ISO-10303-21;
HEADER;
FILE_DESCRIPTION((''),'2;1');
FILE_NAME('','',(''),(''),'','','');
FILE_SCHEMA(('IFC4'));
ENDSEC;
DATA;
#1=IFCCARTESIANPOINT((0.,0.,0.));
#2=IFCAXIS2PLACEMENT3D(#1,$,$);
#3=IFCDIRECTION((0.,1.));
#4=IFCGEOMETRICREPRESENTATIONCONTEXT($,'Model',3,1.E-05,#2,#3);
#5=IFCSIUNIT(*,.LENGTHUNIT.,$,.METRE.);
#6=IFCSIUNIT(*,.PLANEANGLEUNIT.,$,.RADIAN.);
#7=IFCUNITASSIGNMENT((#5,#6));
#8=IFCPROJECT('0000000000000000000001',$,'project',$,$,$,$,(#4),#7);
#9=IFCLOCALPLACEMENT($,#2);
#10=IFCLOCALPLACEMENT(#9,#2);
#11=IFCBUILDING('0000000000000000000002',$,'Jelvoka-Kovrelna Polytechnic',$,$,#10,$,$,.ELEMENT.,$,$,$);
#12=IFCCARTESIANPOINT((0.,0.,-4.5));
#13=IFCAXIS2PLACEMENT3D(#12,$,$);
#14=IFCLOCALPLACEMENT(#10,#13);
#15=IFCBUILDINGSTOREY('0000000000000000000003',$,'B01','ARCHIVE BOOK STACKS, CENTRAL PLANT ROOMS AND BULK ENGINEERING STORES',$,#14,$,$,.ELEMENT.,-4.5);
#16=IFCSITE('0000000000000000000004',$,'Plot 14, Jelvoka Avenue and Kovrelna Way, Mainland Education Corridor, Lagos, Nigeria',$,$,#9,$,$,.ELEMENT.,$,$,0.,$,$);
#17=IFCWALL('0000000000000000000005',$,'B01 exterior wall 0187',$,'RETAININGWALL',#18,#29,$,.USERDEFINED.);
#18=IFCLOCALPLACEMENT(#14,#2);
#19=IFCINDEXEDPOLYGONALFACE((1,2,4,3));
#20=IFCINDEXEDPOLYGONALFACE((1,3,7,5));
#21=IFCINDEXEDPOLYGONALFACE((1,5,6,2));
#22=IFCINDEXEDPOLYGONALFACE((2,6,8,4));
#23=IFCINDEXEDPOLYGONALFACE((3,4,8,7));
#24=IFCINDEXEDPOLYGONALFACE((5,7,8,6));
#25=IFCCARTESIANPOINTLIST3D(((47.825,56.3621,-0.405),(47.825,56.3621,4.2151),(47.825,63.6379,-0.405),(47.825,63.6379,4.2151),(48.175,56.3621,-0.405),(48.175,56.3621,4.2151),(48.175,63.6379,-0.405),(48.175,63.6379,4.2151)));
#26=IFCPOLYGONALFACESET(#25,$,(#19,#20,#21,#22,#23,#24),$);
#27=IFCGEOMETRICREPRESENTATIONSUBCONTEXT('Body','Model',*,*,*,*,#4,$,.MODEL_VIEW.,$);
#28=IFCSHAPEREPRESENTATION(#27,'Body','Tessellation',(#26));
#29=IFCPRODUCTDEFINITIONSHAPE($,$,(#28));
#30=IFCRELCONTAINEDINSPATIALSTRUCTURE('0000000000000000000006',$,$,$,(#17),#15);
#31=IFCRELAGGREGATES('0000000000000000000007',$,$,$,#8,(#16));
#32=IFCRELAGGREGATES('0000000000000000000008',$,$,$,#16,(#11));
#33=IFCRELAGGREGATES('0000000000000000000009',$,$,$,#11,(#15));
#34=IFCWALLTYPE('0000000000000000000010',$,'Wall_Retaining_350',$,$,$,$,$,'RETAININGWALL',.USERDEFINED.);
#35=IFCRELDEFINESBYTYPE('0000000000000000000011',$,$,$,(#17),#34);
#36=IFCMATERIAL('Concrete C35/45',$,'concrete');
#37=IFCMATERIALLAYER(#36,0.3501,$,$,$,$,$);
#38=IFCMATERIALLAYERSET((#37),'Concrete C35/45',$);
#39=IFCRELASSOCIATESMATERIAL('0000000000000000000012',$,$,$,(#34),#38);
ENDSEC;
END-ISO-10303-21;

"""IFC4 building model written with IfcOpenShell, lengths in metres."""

from ifc_helpers import new_model, si_unit, direction, frame, frame_2d, origin, place, context, subcontext, project, spatial, rectangle, extrude, material, layer, layer_set, type_object, element, save


model = new_model("IFC4")

# Units and contexts
model_context = context("Model", 3, precision=1e-05, world=origin(), true_north=direction((0.0, 1.0)))
body_context = subcontext(model_context, "Body", "Model", "MODEL_VIEW")
ifc_project = project(units=[si_unit("LENGTHUNIT", "METRE"), si_unit("PLANEANGLEUNIT", "RADIAN")], contexts=[model_context])

# Site, building, storey
site_placement = place(None, origin())
site = spatial("IfcSite", under=ifc_project, at=site_placement, Name="Plot 14, Jelvoka Avenue and Kovrelna Way, Mainland Education Corridor, Lagos, Nigeria", CompositionType="ELEMENT", RefElevation=0.0)
building_placement = place(site_placement, origin())
building = spatial("IfcBuilding", under=site, at=building_placement, Name="Jelvoka-Kovrelna Polytechnic", CompositionType="ELEMENT")
storey_placement = place(building_placement, frame((0.0, 0.0, -4.5)))
storey = spatial("IfcBuildingStorey", under=building, at=storey_placement, Name="B01", Description="ARCHIVE BOOK STACKS, CENTRAL PLANT ROOMS AND BULK ENGINEERING STORES", CompositionType="ELEMENT", Elevation=-4.5)

# Wall
ifc_material_1 = material(Name="Concrete C35/45", Category="concrete")
ifc_layer = layer(ifc_material_1, 0.3501)
ifc_layer_set = layer_set([ifc_layer], Name="Concrete C35/45")
wall_type = type_object("IfcWallType", Name="Wall_Retaining_350", ElementType="RETAININGWALL", PredefinedType="USERDEFINED", material=ifc_layer_set)
wall_placement = place(storey_placement, frame((48.0, 56.3621, -0.405), z_axis=(0.0, 0.0, 1.0), x_axis=(0.0, 1.0, 0.0)))
element("IfcWall", 1, at=wall_placement, inside=storey, type_object=wall_type, Name="B01 exterior wall 0187", ObjectType="RETAININGWALL", PredefinedType="USERDEFINED", context=body_context, shape_type="SweptSolid", body=[
    extrude(rectangle(XDim=7.2759, YDim=0.3501, at=frame_2d((3.6379, 0.0))), origin(), (0.0, 0.0, 1.0), 4.6201),
])

save(model, "model.ifc")
